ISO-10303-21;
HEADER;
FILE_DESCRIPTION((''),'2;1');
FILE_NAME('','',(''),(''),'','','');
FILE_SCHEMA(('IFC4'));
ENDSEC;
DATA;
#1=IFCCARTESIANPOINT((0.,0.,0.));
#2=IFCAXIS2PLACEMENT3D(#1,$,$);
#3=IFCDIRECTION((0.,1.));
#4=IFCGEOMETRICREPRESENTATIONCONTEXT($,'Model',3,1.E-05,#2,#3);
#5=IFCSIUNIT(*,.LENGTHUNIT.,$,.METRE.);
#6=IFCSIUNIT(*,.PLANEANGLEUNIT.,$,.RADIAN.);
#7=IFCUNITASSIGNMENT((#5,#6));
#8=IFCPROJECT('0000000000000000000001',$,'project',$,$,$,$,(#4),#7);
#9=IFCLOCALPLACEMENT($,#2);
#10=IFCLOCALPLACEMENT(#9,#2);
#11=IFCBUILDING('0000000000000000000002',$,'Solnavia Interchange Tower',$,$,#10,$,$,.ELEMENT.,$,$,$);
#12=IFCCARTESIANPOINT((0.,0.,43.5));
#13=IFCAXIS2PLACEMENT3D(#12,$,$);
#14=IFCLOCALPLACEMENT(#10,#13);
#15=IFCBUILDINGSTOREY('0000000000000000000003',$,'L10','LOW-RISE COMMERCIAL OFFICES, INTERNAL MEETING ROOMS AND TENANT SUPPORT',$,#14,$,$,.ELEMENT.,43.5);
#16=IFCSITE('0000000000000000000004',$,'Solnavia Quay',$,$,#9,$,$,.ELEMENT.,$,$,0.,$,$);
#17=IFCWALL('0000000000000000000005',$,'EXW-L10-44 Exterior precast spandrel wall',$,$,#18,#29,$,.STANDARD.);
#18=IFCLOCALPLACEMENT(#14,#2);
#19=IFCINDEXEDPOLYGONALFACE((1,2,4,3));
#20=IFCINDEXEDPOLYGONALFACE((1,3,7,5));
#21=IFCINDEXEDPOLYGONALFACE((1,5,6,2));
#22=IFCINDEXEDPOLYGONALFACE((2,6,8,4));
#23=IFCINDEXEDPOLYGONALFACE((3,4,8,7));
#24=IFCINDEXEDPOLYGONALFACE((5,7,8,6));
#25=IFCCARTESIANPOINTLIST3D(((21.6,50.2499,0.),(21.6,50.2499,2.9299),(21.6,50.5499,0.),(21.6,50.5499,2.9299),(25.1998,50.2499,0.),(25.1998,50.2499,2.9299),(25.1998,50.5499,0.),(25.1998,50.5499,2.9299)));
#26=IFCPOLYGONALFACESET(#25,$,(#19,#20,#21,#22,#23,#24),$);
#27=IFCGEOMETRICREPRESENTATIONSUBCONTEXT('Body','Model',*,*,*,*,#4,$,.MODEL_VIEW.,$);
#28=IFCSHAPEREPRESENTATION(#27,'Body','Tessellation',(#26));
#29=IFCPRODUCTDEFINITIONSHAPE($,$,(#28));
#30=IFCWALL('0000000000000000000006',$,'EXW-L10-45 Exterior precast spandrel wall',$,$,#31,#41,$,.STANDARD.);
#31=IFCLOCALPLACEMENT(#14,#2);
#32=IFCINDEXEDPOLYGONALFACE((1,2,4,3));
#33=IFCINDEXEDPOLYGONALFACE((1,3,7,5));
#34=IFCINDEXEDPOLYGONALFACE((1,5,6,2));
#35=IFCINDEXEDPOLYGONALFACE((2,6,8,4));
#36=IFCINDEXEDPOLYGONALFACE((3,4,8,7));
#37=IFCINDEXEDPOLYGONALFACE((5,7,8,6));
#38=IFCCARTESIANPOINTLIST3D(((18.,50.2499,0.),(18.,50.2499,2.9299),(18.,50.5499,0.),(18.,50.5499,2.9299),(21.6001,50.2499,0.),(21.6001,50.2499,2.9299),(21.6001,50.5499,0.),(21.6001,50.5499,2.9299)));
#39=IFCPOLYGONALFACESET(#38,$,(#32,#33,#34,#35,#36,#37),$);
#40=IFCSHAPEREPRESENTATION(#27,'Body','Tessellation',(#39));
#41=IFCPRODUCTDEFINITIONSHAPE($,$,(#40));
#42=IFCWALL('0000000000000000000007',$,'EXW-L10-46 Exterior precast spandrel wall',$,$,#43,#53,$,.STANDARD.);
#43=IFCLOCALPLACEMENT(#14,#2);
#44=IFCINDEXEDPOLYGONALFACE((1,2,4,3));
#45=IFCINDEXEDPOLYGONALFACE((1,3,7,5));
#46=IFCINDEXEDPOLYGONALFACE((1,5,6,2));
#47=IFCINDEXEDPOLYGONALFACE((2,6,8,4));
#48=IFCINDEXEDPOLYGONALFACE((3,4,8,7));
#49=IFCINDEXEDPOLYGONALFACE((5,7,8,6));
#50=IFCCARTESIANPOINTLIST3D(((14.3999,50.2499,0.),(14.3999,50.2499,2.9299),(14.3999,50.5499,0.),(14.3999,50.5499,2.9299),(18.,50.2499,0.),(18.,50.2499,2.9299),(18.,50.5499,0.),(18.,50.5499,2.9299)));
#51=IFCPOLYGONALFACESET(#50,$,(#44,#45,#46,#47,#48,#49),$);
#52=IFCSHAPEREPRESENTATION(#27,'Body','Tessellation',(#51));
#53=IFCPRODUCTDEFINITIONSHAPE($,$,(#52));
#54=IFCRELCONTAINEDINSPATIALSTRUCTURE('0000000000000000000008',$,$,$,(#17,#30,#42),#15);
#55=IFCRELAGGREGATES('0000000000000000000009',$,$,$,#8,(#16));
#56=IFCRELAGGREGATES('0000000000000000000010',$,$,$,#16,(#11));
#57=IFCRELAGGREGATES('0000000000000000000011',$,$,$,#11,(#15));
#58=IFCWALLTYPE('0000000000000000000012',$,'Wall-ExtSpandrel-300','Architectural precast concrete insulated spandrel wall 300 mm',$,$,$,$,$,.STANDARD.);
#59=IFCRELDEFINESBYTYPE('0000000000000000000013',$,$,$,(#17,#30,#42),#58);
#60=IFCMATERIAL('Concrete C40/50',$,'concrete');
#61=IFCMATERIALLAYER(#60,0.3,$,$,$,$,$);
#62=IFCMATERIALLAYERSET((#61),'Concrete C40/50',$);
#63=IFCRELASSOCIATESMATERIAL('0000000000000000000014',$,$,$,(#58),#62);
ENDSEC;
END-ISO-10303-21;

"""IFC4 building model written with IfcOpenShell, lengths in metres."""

from ifc_helpers import new_model, si_unit, direction, frame, frame_2d, origin, place, context, subcontext, project, spatial, rectangle, extrude, material, layer, layer_set, type_object, element, save


model = new_model("IFC4")

# Units and contexts
model_context = context("Model", 3, precision=1e-05, world=origin(), true_north=direction((0.0, 1.0)))
body_context = subcontext(model_context, "Body", "Model", "MODEL_VIEW")
ifc_project = project(units=[si_unit("LENGTHUNIT", "METRE"), si_unit("PLANEANGLEUNIT", "RADIAN")], contexts=[model_context])

# Site, building, storey
site_placement = place(None, origin())
site = spatial("IfcSite", under=ifc_project, at=site_placement, Name="Solnavia Quay", CompositionType="ELEMENT", RefElevation=0.0)
building_placement = place(site_placement, origin())
building = spatial("IfcBuilding", under=site, at=building_placement, Name="Solnavia Interchange Tower", CompositionType="ELEMENT")
storey_placement = place(building_placement, frame((0.0, 0.0, 43.5)))
storey = spatial("IfcBuildingStorey", under=building, at=storey_placement, Name="L10", Description="LOW-RISE COMMERCIAL OFFICES, INTERNAL MEETING ROOMS AND TENANT SUPPORT", CompositionType="ELEMENT", Elevation=43.5)

# Walls
ifc_material_1 = material(Name="Concrete C40/50", Category="concrete")
ifc_layer_1 = layer(ifc_material_1, 0.3)
ifc_layer_set_1 = layer_set([ifc_layer_1], Name="Concrete C40/50")
wall_type_1 = type_object("IfcWallType", Name="Wall-ExtSpandrel-300", Description="Architectural precast concrete insulated spandrel wall 300 mm", PredefinedType="STANDARD", material=ifc_layer_set_1)
wall_1_placement = place(storey_placement, frame((21.6001, 50.3999, 0.0), z_axis=(0.0, 0.0, 1.0), x_axis=(1.0, 0.0, 0.0)))
element("IfcWall", 1, at=wall_1_placement, inside=storey, type_object=wall_type_1, Name="EXW-L10-44 Exterior precast spandrel wall", PredefinedType="STANDARD", context=body_context, shape_type="SweptSolid", body=[
    extrude(rectangle(XDim=3.5999, YDim=0.3, at=frame_2d((1.7998, 0.0))), origin(), (0.0, 0.0, 1.0), 2.9299),
])
for number, where, z_axis, x_axis, name in (
    (2, (18.0, 50.3999, 0.0), (0.0, 0.0, 1.0), (1.0, 0.0, 0.0), "EXW-L10-45 Exterior precast spandrel wall"),
    (3, (14.3999, 50.3999, 0.0), (0.0, 0.0, 1.0), (1.0, 0.0, 0.0), "EXW-L10-46 Exterior precast spandrel wall"),
):
    element("IfcWall", number, at=place(storey_placement, frame(where, z_axis=z_axis, x_axis=x_axis)), inside=storey, type_object=wall_type_1, Name=name, PredefinedType="STANDARD", context=body_context, shape_type="SweptSolid", body=[
        extrude(rectangle(XDim=3.6001, YDim=0.3, at=frame_2d((1.8, 0.0))), origin(), (0.0, 0.0, 1.0), 2.9299),
    ])

save(model, "model.ifc")
